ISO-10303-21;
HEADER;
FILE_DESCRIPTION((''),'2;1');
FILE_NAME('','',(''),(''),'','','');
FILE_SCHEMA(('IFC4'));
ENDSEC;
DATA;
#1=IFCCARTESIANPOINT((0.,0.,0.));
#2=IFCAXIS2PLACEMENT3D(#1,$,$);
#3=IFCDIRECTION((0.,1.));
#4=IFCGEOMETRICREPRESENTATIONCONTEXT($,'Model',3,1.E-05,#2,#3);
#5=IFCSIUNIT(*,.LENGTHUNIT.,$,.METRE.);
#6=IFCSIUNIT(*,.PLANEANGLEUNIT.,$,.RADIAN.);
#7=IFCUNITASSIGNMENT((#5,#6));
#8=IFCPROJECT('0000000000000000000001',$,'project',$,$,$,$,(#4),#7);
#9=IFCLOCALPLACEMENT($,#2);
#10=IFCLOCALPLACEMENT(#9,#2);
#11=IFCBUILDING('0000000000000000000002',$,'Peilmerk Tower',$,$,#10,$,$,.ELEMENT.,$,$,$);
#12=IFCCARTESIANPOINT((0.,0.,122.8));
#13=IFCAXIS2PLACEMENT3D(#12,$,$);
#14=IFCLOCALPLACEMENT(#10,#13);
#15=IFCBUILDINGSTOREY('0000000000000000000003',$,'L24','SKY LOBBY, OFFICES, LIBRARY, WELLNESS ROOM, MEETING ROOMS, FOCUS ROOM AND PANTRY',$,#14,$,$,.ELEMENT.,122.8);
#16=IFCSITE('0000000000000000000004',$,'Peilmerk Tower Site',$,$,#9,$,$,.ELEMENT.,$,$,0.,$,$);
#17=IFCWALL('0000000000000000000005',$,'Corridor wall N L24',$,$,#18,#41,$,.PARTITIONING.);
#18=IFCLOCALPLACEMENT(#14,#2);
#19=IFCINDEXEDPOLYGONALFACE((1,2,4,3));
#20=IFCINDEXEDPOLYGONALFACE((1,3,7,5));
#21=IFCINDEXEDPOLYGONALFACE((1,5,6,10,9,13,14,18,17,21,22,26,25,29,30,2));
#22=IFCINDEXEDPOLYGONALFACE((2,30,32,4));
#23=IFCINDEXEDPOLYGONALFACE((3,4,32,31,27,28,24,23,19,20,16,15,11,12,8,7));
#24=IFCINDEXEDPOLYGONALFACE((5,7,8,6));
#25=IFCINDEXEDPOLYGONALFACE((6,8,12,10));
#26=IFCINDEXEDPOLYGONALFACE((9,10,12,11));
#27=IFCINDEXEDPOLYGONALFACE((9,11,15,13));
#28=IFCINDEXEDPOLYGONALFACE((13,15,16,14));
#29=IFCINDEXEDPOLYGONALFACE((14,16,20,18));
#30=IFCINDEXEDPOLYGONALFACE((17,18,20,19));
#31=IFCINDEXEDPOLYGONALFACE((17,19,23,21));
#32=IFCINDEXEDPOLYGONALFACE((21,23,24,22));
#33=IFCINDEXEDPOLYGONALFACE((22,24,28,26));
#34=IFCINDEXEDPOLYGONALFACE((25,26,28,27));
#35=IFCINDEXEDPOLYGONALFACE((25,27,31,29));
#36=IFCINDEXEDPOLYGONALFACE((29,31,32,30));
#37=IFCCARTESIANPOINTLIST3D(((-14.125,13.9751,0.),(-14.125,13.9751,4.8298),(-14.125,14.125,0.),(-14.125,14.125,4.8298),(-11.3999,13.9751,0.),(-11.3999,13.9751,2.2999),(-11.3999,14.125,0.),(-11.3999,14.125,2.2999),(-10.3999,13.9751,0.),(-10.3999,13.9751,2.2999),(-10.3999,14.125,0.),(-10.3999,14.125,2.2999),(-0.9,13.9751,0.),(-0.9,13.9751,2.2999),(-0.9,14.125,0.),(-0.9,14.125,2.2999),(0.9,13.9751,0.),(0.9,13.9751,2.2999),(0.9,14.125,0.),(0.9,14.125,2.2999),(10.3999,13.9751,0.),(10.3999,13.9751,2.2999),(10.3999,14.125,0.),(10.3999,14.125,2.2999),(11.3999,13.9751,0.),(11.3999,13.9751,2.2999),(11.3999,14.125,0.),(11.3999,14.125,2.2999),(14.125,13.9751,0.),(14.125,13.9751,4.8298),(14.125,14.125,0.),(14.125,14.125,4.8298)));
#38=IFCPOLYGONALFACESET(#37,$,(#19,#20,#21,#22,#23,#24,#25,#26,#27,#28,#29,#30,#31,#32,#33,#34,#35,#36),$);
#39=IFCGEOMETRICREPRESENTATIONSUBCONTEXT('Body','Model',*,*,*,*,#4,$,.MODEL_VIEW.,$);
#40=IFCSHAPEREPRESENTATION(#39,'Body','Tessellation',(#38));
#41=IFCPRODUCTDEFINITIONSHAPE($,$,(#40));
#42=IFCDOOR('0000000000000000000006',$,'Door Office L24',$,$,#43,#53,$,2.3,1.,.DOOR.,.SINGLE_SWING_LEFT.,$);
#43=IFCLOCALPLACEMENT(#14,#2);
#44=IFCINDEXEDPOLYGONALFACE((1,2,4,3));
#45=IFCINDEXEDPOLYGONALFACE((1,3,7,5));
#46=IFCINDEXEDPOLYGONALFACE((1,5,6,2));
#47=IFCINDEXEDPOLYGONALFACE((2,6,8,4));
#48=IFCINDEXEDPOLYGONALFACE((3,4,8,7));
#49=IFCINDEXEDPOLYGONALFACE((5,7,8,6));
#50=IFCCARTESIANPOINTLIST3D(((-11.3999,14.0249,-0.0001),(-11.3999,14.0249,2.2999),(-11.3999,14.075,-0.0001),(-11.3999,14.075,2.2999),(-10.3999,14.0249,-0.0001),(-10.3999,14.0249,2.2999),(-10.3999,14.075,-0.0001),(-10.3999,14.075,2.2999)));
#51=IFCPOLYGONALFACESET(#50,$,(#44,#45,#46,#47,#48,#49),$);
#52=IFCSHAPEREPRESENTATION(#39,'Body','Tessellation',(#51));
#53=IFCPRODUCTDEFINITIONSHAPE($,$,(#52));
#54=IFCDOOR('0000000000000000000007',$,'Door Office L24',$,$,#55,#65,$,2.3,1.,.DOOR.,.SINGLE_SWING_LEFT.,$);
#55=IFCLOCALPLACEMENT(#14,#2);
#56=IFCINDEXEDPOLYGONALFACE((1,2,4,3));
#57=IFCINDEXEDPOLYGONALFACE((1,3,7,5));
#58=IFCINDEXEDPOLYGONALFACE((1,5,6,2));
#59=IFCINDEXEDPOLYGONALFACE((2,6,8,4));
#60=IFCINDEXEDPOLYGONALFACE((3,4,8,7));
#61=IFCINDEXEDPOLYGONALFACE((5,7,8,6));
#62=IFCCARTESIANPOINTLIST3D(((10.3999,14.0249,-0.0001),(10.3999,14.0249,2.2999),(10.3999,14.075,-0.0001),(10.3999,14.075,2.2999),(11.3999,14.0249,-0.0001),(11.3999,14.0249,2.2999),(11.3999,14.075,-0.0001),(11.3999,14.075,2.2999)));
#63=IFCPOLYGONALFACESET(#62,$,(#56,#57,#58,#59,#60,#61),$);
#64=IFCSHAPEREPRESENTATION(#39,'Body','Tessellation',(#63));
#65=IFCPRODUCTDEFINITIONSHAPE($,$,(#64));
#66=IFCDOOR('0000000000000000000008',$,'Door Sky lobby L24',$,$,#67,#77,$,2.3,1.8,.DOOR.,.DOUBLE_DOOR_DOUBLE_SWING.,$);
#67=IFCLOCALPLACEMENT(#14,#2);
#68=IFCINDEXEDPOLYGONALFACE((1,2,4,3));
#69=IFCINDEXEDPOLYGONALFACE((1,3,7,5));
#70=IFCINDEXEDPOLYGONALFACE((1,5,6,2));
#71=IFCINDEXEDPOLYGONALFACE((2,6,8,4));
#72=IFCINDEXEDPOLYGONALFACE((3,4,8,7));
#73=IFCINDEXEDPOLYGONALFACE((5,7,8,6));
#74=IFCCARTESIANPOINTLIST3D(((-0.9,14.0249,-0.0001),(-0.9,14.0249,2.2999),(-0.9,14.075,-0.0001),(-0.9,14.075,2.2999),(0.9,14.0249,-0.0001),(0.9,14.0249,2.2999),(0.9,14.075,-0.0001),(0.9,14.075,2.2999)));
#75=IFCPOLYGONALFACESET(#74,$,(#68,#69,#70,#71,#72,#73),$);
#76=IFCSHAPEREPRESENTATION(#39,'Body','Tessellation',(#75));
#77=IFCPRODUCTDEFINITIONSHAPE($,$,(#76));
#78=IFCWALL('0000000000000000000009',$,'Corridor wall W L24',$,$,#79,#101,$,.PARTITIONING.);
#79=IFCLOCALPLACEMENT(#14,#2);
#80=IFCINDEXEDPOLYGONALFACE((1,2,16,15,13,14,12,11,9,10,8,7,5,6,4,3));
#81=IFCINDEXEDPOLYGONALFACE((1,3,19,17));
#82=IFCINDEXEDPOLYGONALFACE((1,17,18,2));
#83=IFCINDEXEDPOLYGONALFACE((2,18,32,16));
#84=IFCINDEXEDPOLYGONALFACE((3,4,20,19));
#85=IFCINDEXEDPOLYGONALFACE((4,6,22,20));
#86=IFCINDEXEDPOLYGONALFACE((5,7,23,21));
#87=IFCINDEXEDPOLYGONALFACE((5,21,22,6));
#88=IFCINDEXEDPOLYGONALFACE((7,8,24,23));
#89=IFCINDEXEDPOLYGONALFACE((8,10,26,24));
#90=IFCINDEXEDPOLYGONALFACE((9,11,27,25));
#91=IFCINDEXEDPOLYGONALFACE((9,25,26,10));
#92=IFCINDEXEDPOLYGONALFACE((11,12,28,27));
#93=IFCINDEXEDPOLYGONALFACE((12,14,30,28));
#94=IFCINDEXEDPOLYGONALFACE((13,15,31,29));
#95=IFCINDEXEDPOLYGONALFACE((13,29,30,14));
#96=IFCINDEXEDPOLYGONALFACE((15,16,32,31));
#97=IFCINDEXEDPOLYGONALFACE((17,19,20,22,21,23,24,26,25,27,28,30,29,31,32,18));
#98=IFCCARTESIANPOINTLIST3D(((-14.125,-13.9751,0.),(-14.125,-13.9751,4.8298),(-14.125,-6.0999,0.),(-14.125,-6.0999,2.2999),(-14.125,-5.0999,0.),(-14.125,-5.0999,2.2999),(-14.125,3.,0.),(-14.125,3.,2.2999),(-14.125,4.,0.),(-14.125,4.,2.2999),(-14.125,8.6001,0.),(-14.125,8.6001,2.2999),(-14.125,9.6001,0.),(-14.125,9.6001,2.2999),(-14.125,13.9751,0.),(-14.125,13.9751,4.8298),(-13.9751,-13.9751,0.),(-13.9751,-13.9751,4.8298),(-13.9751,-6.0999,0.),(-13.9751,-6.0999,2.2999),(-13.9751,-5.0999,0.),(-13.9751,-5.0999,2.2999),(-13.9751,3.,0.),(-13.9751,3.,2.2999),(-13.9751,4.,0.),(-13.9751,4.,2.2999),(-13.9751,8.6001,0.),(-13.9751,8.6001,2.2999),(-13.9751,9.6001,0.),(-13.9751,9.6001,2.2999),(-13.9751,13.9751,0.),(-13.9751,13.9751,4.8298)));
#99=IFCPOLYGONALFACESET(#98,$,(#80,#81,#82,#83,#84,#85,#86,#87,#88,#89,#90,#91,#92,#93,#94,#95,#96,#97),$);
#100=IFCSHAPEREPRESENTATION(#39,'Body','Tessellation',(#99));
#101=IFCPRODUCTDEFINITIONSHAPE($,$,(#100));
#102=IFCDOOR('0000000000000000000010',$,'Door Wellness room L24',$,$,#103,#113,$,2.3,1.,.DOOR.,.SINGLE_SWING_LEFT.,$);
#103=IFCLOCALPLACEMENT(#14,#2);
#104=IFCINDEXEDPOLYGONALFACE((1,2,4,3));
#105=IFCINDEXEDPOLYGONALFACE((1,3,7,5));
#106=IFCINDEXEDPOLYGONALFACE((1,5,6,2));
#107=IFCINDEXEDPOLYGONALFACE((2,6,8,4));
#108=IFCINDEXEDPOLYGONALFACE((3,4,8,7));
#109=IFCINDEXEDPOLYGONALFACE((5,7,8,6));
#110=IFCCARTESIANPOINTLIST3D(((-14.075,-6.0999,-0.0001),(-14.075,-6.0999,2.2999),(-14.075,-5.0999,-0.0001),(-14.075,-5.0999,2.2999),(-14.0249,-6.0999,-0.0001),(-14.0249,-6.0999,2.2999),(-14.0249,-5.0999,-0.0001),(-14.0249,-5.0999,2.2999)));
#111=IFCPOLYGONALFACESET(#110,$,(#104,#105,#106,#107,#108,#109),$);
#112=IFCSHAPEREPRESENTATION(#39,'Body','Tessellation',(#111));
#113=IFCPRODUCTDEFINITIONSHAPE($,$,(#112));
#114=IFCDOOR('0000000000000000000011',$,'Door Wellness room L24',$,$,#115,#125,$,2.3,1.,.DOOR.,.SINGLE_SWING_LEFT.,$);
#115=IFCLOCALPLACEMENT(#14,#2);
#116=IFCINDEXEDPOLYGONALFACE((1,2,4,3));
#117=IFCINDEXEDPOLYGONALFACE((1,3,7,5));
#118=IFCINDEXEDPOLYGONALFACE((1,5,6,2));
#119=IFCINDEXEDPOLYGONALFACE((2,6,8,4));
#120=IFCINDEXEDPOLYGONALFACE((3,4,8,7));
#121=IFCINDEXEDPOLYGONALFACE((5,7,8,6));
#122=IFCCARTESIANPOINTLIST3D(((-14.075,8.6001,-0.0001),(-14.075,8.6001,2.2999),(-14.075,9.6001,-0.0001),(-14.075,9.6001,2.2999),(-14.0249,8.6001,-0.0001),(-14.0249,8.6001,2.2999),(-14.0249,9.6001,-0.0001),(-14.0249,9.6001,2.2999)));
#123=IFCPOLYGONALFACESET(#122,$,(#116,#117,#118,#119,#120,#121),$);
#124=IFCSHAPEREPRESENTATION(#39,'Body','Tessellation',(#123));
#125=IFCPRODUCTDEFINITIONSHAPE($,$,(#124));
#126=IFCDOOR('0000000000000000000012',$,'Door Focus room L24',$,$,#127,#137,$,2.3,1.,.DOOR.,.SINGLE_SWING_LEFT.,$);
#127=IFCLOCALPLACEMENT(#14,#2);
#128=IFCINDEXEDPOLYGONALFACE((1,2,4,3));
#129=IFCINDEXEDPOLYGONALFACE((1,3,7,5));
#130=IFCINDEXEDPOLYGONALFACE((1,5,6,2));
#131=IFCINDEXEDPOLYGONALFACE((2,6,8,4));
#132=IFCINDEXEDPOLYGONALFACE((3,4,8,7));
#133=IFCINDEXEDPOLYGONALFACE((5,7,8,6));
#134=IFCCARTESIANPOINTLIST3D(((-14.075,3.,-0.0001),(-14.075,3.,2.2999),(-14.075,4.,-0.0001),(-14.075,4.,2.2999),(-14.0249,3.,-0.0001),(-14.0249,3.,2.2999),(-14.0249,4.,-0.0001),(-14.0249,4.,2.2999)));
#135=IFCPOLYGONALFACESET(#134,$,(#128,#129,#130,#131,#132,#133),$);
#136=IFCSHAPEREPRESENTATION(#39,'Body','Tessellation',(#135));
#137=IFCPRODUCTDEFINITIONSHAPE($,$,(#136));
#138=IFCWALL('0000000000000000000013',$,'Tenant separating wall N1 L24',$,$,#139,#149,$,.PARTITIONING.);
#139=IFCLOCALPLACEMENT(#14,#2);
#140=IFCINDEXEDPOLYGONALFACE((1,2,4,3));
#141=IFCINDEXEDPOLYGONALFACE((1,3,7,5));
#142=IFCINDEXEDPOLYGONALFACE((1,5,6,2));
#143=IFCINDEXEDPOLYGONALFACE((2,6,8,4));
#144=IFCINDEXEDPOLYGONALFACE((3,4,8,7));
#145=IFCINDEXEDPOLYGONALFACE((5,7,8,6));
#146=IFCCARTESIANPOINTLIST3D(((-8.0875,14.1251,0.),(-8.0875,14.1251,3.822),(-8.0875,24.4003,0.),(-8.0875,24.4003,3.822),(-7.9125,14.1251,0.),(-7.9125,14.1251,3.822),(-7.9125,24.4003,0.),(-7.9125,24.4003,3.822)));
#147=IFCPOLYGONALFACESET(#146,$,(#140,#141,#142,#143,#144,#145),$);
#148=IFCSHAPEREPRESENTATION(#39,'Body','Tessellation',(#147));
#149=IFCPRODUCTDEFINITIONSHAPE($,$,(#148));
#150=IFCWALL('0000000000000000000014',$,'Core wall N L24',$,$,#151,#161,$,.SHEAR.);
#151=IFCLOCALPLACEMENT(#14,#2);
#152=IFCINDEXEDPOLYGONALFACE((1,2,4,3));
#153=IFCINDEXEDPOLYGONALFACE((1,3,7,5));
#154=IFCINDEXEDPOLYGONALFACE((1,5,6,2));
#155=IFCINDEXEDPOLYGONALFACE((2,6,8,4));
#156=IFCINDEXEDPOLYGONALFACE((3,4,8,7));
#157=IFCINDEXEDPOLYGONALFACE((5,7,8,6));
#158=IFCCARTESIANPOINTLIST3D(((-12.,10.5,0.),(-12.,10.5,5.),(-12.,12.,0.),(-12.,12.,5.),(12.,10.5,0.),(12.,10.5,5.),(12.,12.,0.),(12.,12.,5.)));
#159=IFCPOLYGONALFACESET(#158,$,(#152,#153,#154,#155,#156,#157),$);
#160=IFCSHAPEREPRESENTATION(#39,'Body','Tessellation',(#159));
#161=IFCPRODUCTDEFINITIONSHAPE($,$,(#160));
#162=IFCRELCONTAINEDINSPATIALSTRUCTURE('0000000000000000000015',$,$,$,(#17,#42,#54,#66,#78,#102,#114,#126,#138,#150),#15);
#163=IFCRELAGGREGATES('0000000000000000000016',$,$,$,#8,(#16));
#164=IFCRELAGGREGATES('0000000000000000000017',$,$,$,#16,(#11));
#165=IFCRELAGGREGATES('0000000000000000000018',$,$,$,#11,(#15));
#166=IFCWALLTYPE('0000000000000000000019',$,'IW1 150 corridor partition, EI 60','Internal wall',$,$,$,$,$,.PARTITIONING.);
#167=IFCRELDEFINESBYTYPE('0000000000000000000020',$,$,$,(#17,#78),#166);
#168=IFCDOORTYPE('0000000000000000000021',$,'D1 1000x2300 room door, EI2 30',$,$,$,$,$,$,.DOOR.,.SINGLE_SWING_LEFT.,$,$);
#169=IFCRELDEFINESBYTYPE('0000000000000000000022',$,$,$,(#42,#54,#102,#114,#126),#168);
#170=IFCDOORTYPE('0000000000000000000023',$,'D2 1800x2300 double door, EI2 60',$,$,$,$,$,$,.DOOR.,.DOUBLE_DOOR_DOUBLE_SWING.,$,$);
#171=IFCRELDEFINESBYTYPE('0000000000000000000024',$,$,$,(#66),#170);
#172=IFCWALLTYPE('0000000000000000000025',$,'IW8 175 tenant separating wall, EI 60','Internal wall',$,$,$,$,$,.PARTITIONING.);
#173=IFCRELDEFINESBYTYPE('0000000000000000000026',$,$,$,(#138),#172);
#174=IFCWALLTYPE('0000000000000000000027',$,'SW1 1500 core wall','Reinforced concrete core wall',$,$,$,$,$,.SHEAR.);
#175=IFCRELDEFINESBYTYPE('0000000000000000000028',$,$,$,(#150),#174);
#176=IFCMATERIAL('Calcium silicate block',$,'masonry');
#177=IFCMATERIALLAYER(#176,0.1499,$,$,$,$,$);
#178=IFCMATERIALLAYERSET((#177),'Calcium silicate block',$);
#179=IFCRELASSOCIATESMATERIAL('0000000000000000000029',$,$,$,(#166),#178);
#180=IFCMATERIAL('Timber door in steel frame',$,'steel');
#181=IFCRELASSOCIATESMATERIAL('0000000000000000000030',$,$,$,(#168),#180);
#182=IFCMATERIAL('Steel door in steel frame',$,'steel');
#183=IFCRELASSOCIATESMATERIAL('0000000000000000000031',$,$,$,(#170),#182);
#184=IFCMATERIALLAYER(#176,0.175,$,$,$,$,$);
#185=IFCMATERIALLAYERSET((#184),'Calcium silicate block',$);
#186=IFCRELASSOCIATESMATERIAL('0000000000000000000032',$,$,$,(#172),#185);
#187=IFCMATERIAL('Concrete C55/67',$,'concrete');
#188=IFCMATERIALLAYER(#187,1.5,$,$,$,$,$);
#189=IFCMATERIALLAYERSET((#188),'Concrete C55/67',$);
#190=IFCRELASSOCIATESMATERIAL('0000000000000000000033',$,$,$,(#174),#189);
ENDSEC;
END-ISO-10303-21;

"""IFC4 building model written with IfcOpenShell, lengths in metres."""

from ifc_helpers import new_model, si_unit, direction, frame, frame_2d, origin, place, context, subcontext, project, spatial, rectangle, extrude, material, layer, layer_set, type_object, element, fill, save


model = new_model("IFC4")

# Units and contexts
model_context = context("Model", 3, precision=1e-05, world=origin(), true_north=direction((0.0, 1.0)))
body_context = subcontext(model_context, "Body", "Model", "MODEL_VIEW")
ifc_project = project(units=[si_unit("LENGTHUNIT", "METRE"), si_unit("PLANEANGLEUNIT", "RADIAN")], contexts=[model_context])

# Site, building, storey
site_placement = place(None, origin())
site = spatial("IfcSite", under=ifc_project, at=site_placement, Name="Peilmerk Tower Site", CompositionType="ELEMENT", RefElevation=0.0)
building_placement = place(site_placement, origin())
building = spatial("IfcBuilding", under=site, at=building_placement, Name="Peilmerk Tower", CompositionType="ELEMENT")
storey_placement = place(building_placement, frame((0.0, 0.0, 122.8)))
storey = spatial("IfcBuildingStorey", under=building, at=storey_placement, Name="L24", Description="SKY LOBBY, OFFICES, LIBRARY, WELLNESS ROOM, MEETING ROOMS, FOCUS ROOM AND PANTRY", CompositionType="ELEMENT", Elevation=122.8)

# Walls, openings, doors
ifc_material_1 = material(Name="Calcium silicate block", Category="masonry")
ifc_layer_1 = layer(ifc_material_1, 0.1499)
ifc_layer_set_1 = layer_set([ifc_layer_1], Name="Calcium silicate block")
wall_type_1 = type_object("IfcWallType", Name="IW1 150 corridor partition, EI 60", Description="Internal wall", PredefinedType="PARTITIONING", material=ifc_layer_set_1)
wall_1_placement = place(storey_placement, frame((-14.125, 14.05, 0.0), z_axis=(0.0, 0.0, 1.0), x_axis=(1.0, 0.0, 0.0)))
wall_1 = element("IfcWall", 1, at=wall_1_placement, inside=storey, type_object=wall_type_1, Name="Corridor wall N L24", PredefinedType="PARTITIONING", context=body_context, shape_type="SweptSolid", body=[
    extrude(rectangle(XDim=28.25, YDim=0.1499, at=frame_2d((14.125, 0.0))), origin(), (0.0, 0.0, 1.0), 4.8298),
])
opening_1_placement = place(wall_1_placement, frame((2.7251, 0.0, 0.0)))
opening_1 = element("IfcOpeningElement", 2, at=opening_1_placement, cuts=wall_1, PredefinedType="OPENING", context=body_context, shape_type="SweptSolid", body=[
    extrude(rectangle(XDim=1.0, YDim=2.3, at=frame_2d((0.5, 1.1499))), frame((0.0, 0.085, 0.0), z_axis=(0.0, -1.0, 0.0), x_axis=(1.0, 0.0, 0.0)), (0.0, 0.0, 1.0), 0.1699),
])
opening_2_placement = place(wall_1_placement, frame((13.2251, 0.0, 0.0)))
opening_2 = element("IfcOpeningElement", 3, at=opening_2_placement, cuts=wall_1, PredefinedType="OPENING", context=body_context, shape_type="SweptSolid", body=[
    extrude(rectangle(XDim=1.8, YDim=2.3, at=frame_2d((0.8999, 1.1499))), frame((0.0, 0.085, 0.0), z_axis=(0.0, -1.0, 0.0), x_axis=(1.0, 0.0, 0.0)), (0.0, 0.0, 1.0), 0.1699),
])
opening_3_placement = place(wall_1_placement, frame((24.5249, 0.0, 0.0)))
opening_3 = element("IfcOpeningElement", 4, at=opening_3_placement, cuts=wall_1, PredefinedType="OPENING", context=body_context, shape_type="SweptSolid", body=[
    extrude(rectangle(XDim=1.0, YDim=2.3, at=frame_2d((0.5, 1.1499))), frame((0.0, 0.085, 0.0), z_axis=(0.0, -1.0, 0.0), x_axis=(1.0, 0.0, 0.0)), (0.0, 0.0, 1.0), 0.1699),
])
ifc_material_2 = material(Name="Timber door in steel frame", Category="steel")
door_type_1 = type_object("IfcDoorType", Name="D1 1000x2300 room door, EI2 30", OperationType="SINGLE_SWING_LEFT", PredefinedType="DOOR", material=ifc_material_2)
door_1_placement = place(opening_1_placement, origin())
door_1 = element("IfcDoor", 5, at=door_1_placement, inside=storey, type_object=door_type_1, Name="Door Office L24", OperationType="SINGLE_SWING_LEFT", OverallHeight=2.3, OverallWidth=1.0, PredefinedType="DOOR", context=body_context, shape_type="SweptSolid", body=[
    extrude(rectangle(XDim=1.0, YDim=2.3, at=frame_2d((0.5, 1.1499))), frame((0.0, 0.0249, 0.0), z_axis=(0.0, -1.0, 0.0), x_axis=(1.0, 0.0, 0.0)), (0.0, 0.0, 1.0), 0.05),
])
fill(opening_1, door_1)
door_2_placement = place(opening_3_placement, origin())
door_2 = element("IfcDoor", 6, at=door_2_placement, inside=storey, type_object=door_type_1, Name="Door Office L24", OperationType="SINGLE_SWING_LEFT", OverallHeight=2.3, OverallWidth=1.0, PredefinedType="DOOR", context=body_context, shape_type="SweptSolid", body=[
    extrude(rectangle(XDim=1.0, YDim=2.3, at=frame_2d((0.5, 1.1499))), frame((0.0, 0.0249, 0.0), z_axis=(0.0, -1.0, 0.0), x_axis=(1.0, 0.0, 0.0)), (0.0, 0.0, 1.0), 0.05),
])
fill(opening_3, door_2)
ifc_material_3 = material(Name="Steel door in steel frame", Category="steel")
door_type_2 = type_object("IfcDoorType", Name="D2 1800x2300 double door, EI2 60", OperationType="DOUBLE_DOOR_DOUBLE_SWING", PredefinedType="DOOR", material=ifc_material_3)
door_3_placement = place(opening_2_placement, origin())
door_3 = element("IfcDoor", 7, at=door_3_placement, inside=storey, type_object=door_type_2, Name="Door Sky lobby L24", OperationType="DOUBLE_DOOR_DOUBLE_SWING", OverallHeight=2.3, OverallWidth=1.8, PredefinedType="DOOR", context=body_context, shape_type="SweptSolid", body=[
    extrude(rectangle(XDim=1.8, YDim=2.3, at=frame_2d((0.8999, 1.1499))), frame((0.0, 0.0249, 0.0), z_axis=(0.0, -1.0, 0.0), x_axis=(1.0, 0.0, 0.0)), (0.0, 0.0, 1.0), 0.05),
])
fill(opening_2, door_3)
wall_2_placement = place(storey_placement, frame((-14.05, 13.9751, 0.0), z_axis=(0.0, 0.0, 1.0), x_axis=(0.0, -1.0, 0.0)))
wall_2 = element("IfcWall", 8, at=wall_2_placement, inside=storey, type_object=wall_type_1, Name="Corridor wall W L24", PredefinedType="PARTITIONING", context=body_context, shape_type="SweptSolid", body=[
    extrude(rectangle(XDim=27.9502, YDim=0.1499, at=frame_2d((13.9751, 0.0))), origin(), (0.0, 0.0, 1.0), 4.8298),
])
opening_4_placement = place(wall_2_placement, frame((19.075, 0.0, 0.0)))
opening_4 = element("IfcOpeningElement", 9, at=opening_4_placement, cuts=wall_2, PredefinedType="OPENING", context=body_context, shape_type="SweptSolid", body=[
    extrude(rectangle(XDim=1.0, YDim=2.3, at=frame_2d((0.5, 1.1499))), frame((0.0, 0.085, 0.0), z_axis=(0.0, -1.0, 0.0), x_axis=(1.0, 0.0, 0.0)), (0.0, 0.0, 1.0), 0.1699),
])
opening_5_placement = place(wall_2_placement, frame((4.375, 0.0, 0.0)))
opening_5 = element("IfcOpeningElement", 10, at=opening_5_placement, cuts=wall_2, PredefinedType="OPENING", context=body_context, shape_type="SweptSolid", body=[
    extrude(rectangle(XDim=1.0, YDim=2.3, at=frame_2d((0.5, 1.1499))), frame((0.0, 0.085, 0.0), z_axis=(0.0, -1.0, 0.0), x_axis=(1.0, 0.0, 0.0)), (0.0, 0.0, 1.0), 0.1699),
])
opening_6_placement = place(wall_2_placement, frame((9.9751, 0.0, 0.0)))
opening_6 = element("IfcOpeningElement", 11, at=opening_6_placement, cuts=wall_2, PredefinedType="OPENING", context=body_context, shape_type="SweptSolid", body=[
    extrude(rectangle(XDim=1.0, YDim=2.3, at=frame_2d((0.5, 1.1499))), frame((0.0, 0.085, 0.0), z_axis=(0.0, -1.0, 0.0), x_axis=(1.0, 0.0, 0.0)), (0.0, 0.0, 1.0), 0.1699),
])
door_4_placement = place(opening_4_placement, frame((1.0, 0.0, 0.0), z_axis=(0.0, 0.0, 1.0), x_axis=(-1.0, 0.0, 0.0)))
door_4 = element("IfcDoor", 12, at=door_4_placement, inside=storey, type_object=door_type_1, Name="Door Wellness room L24", OperationType="SINGLE_SWING_LEFT", OverallHeight=2.3, OverallWidth=1.0, PredefinedType="DOOR", context=body_context, shape_type="SweptSolid", body=[
    extrude(rectangle(XDim=1.0, YDim=2.3, at=frame_2d((0.5, 1.1499))), frame((0.0, 0.0249, 0.0), z_axis=(0.0, -1.0, 0.0), x_axis=(1.0, 0.0, 0.0)), (0.0, 0.0, 1.0), 0.05),
])
fill(opening_4, door_4)
door_5_placement = place(opening_5_placement, frame((1.0, 0.0, 0.0), z_axis=(0.0, 0.0, 1.0), x_axis=(-1.0, 0.0, 0.0)))
door_5 = element("IfcDoor", 13, at=door_5_placement, inside=storey, type_object=door_type_1, Name="Door Wellness room L24", OperationType="SINGLE_SWING_LEFT", OverallHeight=2.3, OverallWidth=1.0, PredefinedType="DOOR", context=body_context, shape_type="SweptSolid", body=[
    extrude(rectangle(XDim=1.0, YDim=2.3, at=frame_2d((0.5, 1.1499))), frame((0.0, 0.0249, 0.0), z_axis=(0.0, -1.0, 0.0), x_axis=(1.0, 0.0, 0.0)), (0.0, 0.0, 1.0), 0.05),
])
fill(opening_5, door_5)
door_6_placement = place(opening_6_placement, frame((1.0, 0.0, 0.0), z_axis=(0.0, 0.0, 1.0), x_axis=(-1.0, 0.0, 0.0)))
door_6 = element("IfcDoor", 14, at=door_6_placement, inside=storey, type_object=door_type_1, Name="Door Focus room L24", OperationType="SINGLE_SWING_LEFT", OverallHeight=2.3, OverallWidth=1.0, PredefinedType="DOOR", context=body_context, shape_type="SweptSolid", body=[
    extrude(rectangle(XDim=1.0, YDim=2.3, at=frame_2d((0.5, 1.1499))), frame((0.0, 0.0249, 0.0), z_axis=(0.0, -1.0, 0.0), x_axis=(1.0, 0.0, 0.0)), (0.0, 0.0, 1.0), 0.05),
])
fill(opening_6, door_6)

# Walls
ifc_layer_2 = layer(ifc_material_1, 0.175)
ifc_layer_set_2 = layer_set([ifc_layer_2], Name="Calcium silicate block")
wall_type_2 = type_object("IfcWallType", Name="IW8 175 tenant separating wall, EI 60", Description="Internal wall", PredefinedType="PARTITIONING", material=ifc_layer_set_2)
wall_3_placement = place(storey_placement, frame((-8.0, 14.125, 0.0), z_axis=(0.0, 0.0, 1.0), x_axis=(0.0, 1.0, 0.0)))
element("IfcWall", 15, at=wall_3_placement, inside=storey, type_object=wall_type_2, Name="Tenant separating wall N1 L24", PredefinedType="PARTITIONING", context=body_context, shape_type="SweptSolid", body=[
    extrude(rectangle(XDim=10.2751, YDim=0.175, at=frame_2d((5.1377, 0.0))), origin(), (0.0, 0.0, 1.0), 3.822),
])
ifc_material_4 = material(Name="Concrete C55/67", Category="concrete")
ifc_layer_3 = layer(ifc_material_4, 1.5)
ifc_layer_set_3 = layer_set([ifc_layer_3], Name="Concrete C55/67")
wall_type_3 = type_object("IfcWallType", Name="SW1 1500 core wall", Description="Reinforced concrete core wall", PredefinedType="SHEAR", material=ifc_layer_set_3)
wall_4_placement = place(storey_placement, frame((-12.0, 11.25, 0.0), z_axis=(0.0, 0.0, 1.0), x_axis=(1.0, 0.0, 0.0)))
element("IfcWall", 16, at=wall_4_placement, inside=storey, type_object=wall_type_3, Name="Core wall N L24", PredefinedType="SHEAR", context=body_context, shape_type="SweptSolid", body=[
    extrude(rectangle(XDim=24.0, YDim=1.5, at=frame_2d((12.0, 0.0))), origin(), (0.0, 0.0, 1.0), 5.0),
])

save(model, "model.ifc")
